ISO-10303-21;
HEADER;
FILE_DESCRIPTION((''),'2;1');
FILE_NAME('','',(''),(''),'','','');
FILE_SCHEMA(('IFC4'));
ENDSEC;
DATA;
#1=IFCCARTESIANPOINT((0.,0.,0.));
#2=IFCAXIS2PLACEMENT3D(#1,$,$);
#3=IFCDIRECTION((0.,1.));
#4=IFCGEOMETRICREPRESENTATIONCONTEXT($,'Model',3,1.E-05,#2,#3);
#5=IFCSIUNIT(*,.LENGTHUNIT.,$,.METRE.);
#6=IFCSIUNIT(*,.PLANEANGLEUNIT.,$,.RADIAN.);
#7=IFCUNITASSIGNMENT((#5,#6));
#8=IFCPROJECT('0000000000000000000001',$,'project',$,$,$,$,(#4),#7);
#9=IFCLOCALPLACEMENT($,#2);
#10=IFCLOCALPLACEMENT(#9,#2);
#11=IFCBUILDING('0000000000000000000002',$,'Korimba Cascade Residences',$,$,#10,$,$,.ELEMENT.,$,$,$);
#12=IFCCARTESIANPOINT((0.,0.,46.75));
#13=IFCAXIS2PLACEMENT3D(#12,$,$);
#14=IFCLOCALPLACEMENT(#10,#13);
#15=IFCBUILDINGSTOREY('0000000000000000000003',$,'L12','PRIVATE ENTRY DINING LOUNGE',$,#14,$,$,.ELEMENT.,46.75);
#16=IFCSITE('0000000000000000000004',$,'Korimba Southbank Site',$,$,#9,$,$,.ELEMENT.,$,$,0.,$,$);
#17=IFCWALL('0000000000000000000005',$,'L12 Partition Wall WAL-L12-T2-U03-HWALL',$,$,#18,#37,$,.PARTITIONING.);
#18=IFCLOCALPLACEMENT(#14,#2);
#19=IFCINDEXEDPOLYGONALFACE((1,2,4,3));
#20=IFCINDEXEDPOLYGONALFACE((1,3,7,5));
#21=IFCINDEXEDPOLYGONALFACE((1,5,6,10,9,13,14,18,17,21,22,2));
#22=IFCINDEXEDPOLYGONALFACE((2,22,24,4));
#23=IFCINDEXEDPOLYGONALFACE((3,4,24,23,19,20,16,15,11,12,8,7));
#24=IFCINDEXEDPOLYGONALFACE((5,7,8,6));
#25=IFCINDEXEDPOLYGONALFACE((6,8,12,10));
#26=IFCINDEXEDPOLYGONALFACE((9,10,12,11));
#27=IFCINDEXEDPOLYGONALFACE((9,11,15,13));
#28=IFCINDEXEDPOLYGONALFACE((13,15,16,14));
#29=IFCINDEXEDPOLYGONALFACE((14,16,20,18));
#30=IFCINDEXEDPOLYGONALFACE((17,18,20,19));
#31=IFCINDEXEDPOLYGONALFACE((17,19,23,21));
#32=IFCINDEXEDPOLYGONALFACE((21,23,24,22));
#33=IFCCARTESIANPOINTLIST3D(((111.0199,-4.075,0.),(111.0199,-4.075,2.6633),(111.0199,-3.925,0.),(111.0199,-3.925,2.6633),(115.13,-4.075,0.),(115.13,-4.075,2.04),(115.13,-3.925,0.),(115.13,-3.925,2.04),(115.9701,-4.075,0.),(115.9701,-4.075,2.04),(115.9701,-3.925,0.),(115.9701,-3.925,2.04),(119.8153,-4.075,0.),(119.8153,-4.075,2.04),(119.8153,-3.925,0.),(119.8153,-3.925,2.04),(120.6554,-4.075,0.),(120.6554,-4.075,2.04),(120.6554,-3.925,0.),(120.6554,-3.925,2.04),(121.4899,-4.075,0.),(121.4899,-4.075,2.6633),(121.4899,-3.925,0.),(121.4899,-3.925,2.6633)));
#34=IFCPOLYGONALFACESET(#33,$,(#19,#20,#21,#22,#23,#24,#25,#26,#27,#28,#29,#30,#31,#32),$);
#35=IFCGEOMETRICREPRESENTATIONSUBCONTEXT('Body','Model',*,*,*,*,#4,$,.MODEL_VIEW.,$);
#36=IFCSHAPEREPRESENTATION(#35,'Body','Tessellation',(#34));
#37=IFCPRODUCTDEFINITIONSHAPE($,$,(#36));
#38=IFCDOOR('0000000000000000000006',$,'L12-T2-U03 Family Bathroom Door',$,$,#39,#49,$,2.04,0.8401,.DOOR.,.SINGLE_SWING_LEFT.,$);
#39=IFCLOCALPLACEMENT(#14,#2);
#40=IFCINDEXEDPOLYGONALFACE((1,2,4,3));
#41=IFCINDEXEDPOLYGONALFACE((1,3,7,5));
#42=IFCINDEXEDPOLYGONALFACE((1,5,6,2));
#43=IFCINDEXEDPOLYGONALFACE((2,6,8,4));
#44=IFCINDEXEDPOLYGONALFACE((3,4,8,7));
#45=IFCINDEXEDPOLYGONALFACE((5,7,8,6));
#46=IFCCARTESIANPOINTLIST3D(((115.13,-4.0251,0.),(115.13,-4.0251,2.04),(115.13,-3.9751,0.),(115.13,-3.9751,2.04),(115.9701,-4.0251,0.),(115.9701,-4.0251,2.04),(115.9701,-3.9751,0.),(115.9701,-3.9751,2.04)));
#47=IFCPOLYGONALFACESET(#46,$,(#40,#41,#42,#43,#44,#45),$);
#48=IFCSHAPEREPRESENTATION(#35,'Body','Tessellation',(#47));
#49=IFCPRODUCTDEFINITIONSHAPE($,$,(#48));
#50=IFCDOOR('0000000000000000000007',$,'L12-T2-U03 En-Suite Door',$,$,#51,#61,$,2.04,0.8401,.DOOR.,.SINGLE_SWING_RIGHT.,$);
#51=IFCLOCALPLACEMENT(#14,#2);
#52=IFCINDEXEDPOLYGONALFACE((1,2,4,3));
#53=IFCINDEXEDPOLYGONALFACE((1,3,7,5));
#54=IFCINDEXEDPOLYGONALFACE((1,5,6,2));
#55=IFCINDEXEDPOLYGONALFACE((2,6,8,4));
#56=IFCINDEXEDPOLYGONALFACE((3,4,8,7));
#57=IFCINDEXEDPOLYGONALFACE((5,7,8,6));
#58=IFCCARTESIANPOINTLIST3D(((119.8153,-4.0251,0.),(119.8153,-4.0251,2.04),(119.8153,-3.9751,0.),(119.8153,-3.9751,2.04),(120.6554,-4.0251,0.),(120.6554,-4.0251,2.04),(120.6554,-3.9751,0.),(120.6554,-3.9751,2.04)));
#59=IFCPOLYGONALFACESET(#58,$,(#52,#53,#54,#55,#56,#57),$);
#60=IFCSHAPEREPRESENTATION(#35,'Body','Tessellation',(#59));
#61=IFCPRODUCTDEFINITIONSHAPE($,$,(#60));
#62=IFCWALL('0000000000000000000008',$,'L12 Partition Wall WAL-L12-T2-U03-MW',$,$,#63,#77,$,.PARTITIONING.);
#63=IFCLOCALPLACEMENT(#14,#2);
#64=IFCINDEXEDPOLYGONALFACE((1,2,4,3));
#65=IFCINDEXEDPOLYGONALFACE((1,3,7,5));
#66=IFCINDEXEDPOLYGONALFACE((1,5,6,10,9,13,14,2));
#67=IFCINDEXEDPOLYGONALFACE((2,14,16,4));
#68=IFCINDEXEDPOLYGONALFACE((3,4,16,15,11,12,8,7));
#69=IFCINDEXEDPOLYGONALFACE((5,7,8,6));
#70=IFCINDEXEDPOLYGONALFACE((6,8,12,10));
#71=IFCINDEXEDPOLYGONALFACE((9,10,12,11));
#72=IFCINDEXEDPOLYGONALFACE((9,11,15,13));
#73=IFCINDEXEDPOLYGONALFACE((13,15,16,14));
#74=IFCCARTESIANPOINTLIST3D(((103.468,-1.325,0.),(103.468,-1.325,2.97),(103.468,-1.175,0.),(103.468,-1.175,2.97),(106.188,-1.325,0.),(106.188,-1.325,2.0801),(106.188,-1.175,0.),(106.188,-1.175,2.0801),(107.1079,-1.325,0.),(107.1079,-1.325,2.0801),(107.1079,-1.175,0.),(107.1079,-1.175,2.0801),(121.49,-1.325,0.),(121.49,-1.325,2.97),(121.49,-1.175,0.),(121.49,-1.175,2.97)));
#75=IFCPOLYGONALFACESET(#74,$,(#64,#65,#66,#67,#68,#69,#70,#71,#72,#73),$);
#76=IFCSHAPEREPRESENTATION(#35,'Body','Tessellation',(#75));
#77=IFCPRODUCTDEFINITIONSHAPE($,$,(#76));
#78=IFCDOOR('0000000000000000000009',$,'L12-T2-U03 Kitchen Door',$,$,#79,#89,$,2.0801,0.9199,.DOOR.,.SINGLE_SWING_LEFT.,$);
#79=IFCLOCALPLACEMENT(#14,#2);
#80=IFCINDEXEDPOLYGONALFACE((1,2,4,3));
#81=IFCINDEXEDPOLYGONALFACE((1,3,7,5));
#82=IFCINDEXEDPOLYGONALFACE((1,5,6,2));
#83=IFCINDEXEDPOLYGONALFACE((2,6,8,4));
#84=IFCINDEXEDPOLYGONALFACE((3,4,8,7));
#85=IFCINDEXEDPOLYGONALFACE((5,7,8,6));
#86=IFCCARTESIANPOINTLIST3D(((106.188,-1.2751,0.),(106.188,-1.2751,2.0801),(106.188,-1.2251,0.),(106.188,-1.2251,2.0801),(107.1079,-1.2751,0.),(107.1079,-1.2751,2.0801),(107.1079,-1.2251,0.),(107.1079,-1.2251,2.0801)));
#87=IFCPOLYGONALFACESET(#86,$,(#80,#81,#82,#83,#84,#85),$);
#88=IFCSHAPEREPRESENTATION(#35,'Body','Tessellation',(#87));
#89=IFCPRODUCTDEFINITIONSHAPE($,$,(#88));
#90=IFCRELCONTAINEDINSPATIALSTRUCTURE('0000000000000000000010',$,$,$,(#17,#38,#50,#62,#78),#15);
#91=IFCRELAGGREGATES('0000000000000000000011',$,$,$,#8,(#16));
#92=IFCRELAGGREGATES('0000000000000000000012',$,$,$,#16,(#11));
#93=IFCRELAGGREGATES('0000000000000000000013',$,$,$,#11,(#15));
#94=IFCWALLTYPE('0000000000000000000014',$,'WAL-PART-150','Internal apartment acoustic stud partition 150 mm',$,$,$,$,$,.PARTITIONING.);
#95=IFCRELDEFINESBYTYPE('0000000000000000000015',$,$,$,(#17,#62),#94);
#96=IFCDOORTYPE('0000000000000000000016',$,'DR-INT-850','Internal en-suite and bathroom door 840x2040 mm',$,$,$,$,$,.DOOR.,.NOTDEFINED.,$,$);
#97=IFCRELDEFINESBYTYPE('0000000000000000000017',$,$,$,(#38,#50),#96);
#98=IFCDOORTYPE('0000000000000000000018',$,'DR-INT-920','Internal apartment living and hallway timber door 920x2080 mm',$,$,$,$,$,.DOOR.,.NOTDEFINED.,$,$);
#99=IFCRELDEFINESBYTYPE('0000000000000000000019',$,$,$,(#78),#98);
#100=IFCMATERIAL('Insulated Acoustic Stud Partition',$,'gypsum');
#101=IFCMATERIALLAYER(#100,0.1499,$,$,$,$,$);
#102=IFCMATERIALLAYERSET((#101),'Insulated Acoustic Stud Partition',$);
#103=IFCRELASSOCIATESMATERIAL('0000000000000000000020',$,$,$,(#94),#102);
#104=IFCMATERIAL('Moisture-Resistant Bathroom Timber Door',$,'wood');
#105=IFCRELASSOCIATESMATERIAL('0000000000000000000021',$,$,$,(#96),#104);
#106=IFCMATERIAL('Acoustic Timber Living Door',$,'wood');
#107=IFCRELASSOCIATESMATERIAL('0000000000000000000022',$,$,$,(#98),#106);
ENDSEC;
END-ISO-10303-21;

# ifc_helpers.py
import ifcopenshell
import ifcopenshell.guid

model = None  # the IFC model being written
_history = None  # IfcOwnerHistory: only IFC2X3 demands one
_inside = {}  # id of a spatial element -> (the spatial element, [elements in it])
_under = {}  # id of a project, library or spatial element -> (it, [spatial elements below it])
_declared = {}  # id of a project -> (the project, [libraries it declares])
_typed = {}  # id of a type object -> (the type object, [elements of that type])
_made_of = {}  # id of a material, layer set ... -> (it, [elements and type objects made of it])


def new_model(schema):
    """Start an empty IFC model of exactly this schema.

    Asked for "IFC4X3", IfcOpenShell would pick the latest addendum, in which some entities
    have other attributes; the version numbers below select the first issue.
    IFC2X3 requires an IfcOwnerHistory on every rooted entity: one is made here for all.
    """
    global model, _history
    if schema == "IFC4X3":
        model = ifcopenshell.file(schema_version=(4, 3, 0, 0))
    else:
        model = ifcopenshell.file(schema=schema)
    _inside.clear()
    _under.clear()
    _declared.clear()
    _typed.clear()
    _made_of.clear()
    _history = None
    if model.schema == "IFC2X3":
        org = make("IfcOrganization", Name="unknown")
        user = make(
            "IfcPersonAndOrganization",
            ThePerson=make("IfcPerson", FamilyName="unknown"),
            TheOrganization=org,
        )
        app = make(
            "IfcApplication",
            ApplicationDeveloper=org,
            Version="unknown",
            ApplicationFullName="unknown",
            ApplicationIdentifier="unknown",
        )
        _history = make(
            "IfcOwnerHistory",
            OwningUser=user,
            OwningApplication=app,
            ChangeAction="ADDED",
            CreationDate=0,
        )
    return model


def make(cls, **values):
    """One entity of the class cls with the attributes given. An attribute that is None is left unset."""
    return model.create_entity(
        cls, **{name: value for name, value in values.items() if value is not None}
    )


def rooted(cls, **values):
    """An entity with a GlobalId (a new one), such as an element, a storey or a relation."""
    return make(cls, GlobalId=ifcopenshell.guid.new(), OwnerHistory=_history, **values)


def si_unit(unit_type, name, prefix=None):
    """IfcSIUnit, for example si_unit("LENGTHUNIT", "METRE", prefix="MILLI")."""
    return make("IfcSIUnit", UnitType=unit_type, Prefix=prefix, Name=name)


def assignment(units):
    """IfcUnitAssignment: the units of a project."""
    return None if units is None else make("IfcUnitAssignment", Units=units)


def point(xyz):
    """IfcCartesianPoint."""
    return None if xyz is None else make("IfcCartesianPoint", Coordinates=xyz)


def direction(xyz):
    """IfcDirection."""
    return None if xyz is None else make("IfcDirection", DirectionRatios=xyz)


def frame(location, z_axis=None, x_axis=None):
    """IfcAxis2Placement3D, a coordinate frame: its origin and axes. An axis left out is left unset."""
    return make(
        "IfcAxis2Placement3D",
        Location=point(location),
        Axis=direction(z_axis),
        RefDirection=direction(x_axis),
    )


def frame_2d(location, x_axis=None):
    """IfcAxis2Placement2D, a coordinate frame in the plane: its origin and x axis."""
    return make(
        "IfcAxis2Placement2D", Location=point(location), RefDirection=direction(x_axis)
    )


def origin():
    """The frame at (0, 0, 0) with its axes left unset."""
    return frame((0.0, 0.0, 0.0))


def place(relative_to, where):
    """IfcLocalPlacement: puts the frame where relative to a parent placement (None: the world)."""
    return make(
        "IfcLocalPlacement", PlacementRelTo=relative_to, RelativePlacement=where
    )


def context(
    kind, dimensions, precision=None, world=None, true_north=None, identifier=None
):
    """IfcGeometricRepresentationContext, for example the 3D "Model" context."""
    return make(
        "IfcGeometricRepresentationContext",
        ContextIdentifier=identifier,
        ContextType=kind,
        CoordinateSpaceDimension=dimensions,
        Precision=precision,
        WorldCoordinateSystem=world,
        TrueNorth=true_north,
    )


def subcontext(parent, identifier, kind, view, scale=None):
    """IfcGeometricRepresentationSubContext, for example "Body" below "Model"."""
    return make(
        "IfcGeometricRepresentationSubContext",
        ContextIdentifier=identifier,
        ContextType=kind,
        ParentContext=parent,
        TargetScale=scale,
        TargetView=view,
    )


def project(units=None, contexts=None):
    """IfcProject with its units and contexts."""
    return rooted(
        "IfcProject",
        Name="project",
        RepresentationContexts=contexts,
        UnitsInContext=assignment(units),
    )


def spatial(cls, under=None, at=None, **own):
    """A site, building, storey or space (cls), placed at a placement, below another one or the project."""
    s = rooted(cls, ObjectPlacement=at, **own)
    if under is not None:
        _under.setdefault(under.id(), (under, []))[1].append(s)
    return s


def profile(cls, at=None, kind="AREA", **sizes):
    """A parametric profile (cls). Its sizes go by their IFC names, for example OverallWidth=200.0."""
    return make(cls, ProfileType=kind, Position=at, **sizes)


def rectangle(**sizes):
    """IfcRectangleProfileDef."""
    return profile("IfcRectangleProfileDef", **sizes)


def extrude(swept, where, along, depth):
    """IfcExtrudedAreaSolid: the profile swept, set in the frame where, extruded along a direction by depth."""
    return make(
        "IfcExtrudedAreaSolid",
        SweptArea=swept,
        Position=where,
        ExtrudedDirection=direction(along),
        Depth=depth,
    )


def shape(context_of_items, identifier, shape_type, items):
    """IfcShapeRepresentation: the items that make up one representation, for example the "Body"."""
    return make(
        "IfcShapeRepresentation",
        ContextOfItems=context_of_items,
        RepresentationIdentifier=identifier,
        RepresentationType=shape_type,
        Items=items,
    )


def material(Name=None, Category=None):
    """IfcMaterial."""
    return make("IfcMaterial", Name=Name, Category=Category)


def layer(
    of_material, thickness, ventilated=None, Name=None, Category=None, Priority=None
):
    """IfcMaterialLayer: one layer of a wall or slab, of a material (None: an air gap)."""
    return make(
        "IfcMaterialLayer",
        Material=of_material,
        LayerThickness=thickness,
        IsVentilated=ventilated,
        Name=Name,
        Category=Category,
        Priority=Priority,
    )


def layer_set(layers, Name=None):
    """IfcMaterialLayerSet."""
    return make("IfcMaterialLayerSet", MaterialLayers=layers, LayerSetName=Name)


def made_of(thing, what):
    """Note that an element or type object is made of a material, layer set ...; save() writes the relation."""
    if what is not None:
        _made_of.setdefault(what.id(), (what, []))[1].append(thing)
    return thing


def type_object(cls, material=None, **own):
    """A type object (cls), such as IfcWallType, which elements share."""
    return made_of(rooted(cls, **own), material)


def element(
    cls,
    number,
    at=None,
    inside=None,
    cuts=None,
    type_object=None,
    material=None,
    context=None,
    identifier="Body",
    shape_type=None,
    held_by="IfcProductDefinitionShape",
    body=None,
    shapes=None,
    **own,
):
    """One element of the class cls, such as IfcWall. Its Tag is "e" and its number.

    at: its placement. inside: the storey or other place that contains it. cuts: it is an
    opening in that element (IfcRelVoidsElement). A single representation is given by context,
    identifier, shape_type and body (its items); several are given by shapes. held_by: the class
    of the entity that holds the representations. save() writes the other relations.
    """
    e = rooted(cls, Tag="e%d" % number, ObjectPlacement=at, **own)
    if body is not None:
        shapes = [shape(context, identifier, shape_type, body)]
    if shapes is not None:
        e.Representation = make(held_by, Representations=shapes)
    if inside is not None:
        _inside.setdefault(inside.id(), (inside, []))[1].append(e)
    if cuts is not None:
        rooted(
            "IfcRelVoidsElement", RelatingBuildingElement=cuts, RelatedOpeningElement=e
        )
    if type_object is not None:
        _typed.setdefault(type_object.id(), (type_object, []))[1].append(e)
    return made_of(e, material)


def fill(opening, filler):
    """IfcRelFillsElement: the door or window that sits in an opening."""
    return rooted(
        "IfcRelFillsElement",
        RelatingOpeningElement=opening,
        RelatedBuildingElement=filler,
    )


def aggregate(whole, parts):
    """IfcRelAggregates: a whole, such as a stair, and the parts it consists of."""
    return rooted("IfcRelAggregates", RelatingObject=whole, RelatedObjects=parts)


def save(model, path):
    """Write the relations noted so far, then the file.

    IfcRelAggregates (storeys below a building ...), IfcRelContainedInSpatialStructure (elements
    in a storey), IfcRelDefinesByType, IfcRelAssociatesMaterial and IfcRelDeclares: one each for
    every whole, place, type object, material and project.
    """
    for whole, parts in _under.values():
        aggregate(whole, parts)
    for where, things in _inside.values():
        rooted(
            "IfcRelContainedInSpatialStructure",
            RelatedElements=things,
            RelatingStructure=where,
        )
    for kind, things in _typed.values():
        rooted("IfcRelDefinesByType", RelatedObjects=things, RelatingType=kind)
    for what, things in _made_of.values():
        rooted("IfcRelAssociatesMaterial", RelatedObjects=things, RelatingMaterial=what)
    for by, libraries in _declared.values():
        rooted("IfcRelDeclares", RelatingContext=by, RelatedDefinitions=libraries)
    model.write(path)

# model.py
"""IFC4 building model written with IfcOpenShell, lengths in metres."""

from ifc_helpers import new_model, si_unit, direction, frame, frame_2d, origin, place, context, subcontext, project, spatial, rectangle, extrude, material, layer, layer_set, type_object, element, fill, save


model = new_model("IFC4")

# Units and contexts
model_context = context("Model", 3, precision=1e-05, world=origin(), true_north=direction((0.0, 1.0)))
body_context = subcontext(model_context, "Body", "Model", "MODEL_VIEW")
ifc_project = project(units=[si_unit("LENGTHUNIT", "METRE"), si_unit("PLANEANGLEUNIT", "RADIAN")], contexts=[model_context])

# Site, building, storey
site_placement = place(None, origin())
site = spatial("IfcSite", under=ifc_project, at=site_placement, Name="Korimba Southbank Site", CompositionType="ELEMENT", RefElevation=0.0)
building_placement = place(site_placement, origin())
building = spatial("IfcBuilding", under=site, at=building_placement, Name="Korimba Cascade Residences", CompositionType="ELEMENT")
storey_placement = place(building_placement, frame((0.0, 0.0, 46.75)))
storey = spatial("IfcBuildingStorey", under=building, at=storey_placement, Name="L12", Description="PRIVATE ENTRY DINING LOUNGE", CompositionType="ELEMENT", Elevation=46.75)

# Shared definitions
ifc_material_1 = material(Name="Insulated Acoustic Stud Partition", Category="gypsum")
ifc_layer = layer(ifc_material_1, 0.1499)
ifc_layer_set = layer_set([ifc_layer], Name="Insulated Acoustic Stud Partition")
wall_type = type_object("IfcWallType", Name="WAL-PART-150", Description="Internal apartment acoustic stud partition 150 mm", PredefinedType="PARTITIONING", material=ifc_layer_set)
ifc_material_2 = material(Name="Moisture-Resistant Bathroom Timber Door", Category="wood")
door_type_1 = type_object("IfcDoorType", Name="DR-INT-850", Description="Internal en-suite and bathroom door 840x2040 mm", OperationType="NOTDEFINED", PredefinedType="DOOR", material=ifc_material_2)

# Wall, openings, doors
wall_1_placement = place(storey_placement, frame((111.02, -4.0, 0.0), z_axis=(0.0, 0.0, 1.0), x_axis=(1.0, 0.0, 0.0)))
wall_1 = element("IfcWall", 1, at=wall_1_placement, inside=storey, type_object=wall_type, Name="L12 Partition Wall WAL-L12-T2-U03-HWALL", PredefinedType="PARTITIONING", context=body_context, shape_type="SweptSolid", body=[
    extrude(rectangle(XDim=10.47, YDim=0.1499, at=frame_2d((5.2349, 0.0))), origin(), (0.0, 0.0, 1.0), 2.6633),
])
opening_1_placement = place(wall_1_placement, frame((4.1101, 0.0, 0.0)))
opening_1 = element("IfcOpeningElement", 2, at=opening_1_placement, cuts=wall_1, PredefinedType="OPENING", context=body_context, shape_type="SweptSolid", body=[
    extrude(rectangle(XDim=0.8401, YDim=2.04, at=frame_2d((0.4199, 1.02))), frame((0.0, 0.085, 0.0), z_axis=(0.0, -1.0, 0.0), x_axis=(1.0, 0.0, 0.0)), (0.0, 0.0, 1.0), 0.1699),
])
opening_2_placement = place(wall_1_placement, frame((8.7954, 0.0, 0.0)))
opening_2 = element("IfcOpeningElement", 3, at=opening_2_placement, cuts=wall_1, PredefinedType="OPENING", context=body_context, shape_type="SweptSolid", body=[
    extrude(rectangle(XDim=0.8401, YDim=2.04, at=frame_2d((0.4199, 1.02))), frame((0.0, 0.085, 0.0), z_axis=(0.0, -1.0, 0.0), x_axis=(1.0, 0.0, 0.0)), (0.0, 0.0, 1.0), 0.1699),
])
door_1_placement = place(opening_1_placement, origin())
door_1 = element("IfcDoor", 4, at=door_1_placement, inside=storey, type_object=door_type_1, Name="L12-T2-U03 Family Bathroom Door", OperationType="SINGLE_SWING_LEFT", OverallHeight=2.04, OverallWidth=0.8401, PredefinedType="DOOR", context=body_context, shape_type="SweptSolid", body=[
    extrude(rectangle(XDim=0.8401, YDim=2.04, at=frame_2d((0.4199, 1.02))), frame((0.0, 0.0249, 0.0), z_axis=(0.0, -1.0, 0.0), x_axis=(1.0, 0.0, 0.0)), (0.0, 0.0, 1.0), 0.05),
])
fill(opening_1, door_1)
door_2_placement = place(opening_2_placement, origin())
door_2 = element("IfcDoor", 5, at=door_2_placement, inside=storey, type_object=door_type_1, Name="L12-T2-U03 En-Suite Door", OperationType="SINGLE_SWING_RIGHT", OverallHeight=2.04, OverallWidth=0.8401, PredefinedType="DOOR", context=body_context, shape_type="SweptSolid", body=[
    extrude(rectangle(XDim=0.8401, YDim=2.04, at=frame_2d((0.4199, 1.02))), frame((0.0, 0.0249, 0.0), z_axis=(0.0, -1.0, 0.0), x_axis=(1.0, 0.0, 0.0)), (0.0, 0.0, 1.0), 0.05),
])
fill(opening_2, door_2)

# Wall, opening, door
wall_2_placement = place(storey_placement, frame((103.468, -1.25, 0.0), z_axis=(0.0, 0.0, 1.0), x_axis=(1.0, 0.0, 0.0)))
wall_2 = element("IfcWall", 6, at=wall_2_placement, inside=storey, type_object=wall_type, Name="L12 Partition Wall WAL-L12-T2-U03-MW", PredefinedType="PARTITIONING", context=body_context, shape_type="SweptSolid", body=[
    extrude(rectangle(XDim=18.022, YDim=0.1499, at=frame_2d((9.011, 0.0))), origin(), (0.0, 0.0, 1.0), 2.97),
])
opening_3_placement = place(wall_2_placement, frame((2.72, 0.0, 0.0)))
opening_3 = element("IfcOpeningElement", 7, at=opening_3_placement, cuts=wall_2, PredefinedType="OPENING", context=body_context, shape_type="SweptSolid", body=[
    extrude(rectangle(XDim=0.9199, YDim=2.0801, at=frame_2d((0.46, 1.04))), frame((0.0, 0.085, 0.0), z_axis=(0.0, -1.0, 0.0), x_axis=(1.0, 0.0, 0.0)), (0.0, 0.0, 1.0), 0.1699),
])
ifc_material_3 = material(Name="Acoustic Timber Living Door", Category="wood")
door_type_2 = type_object("IfcDoorType", Name="DR-INT-920", Description="Internal apartment living and hallway timber door 920x2080 mm", OperationType="NOTDEFINED", PredefinedType="DOOR", material=ifc_material_3)
door_3_placement = place(opening_3_placement, origin())
door_3 = element("IfcDoor", 8, at=door_3_placement, inside=storey, type_object=door_type_2, Name="L12-T2-U03 Kitchen Door", OperationType="SINGLE_SWING_LEFT", OverallHeight=2.0801, OverallWidth=0.9199, PredefinedType="DOOR", context=body_context, shape_type="SweptSolid", body=[
    extrude(rectangle(XDim=0.9199, YDim=2.0801, at=frame_2d((0.46, 1.04))), frame((0.0, 0.0249, 0.0), z_axis=(0.0, -1.0, 0.0), x_axis=(1.0, 0.0, 0.0)), (0.0, 0.0, 1.0), 0.05),
])
fill(opening_3, door_3)

save(model, "model.ifc")
